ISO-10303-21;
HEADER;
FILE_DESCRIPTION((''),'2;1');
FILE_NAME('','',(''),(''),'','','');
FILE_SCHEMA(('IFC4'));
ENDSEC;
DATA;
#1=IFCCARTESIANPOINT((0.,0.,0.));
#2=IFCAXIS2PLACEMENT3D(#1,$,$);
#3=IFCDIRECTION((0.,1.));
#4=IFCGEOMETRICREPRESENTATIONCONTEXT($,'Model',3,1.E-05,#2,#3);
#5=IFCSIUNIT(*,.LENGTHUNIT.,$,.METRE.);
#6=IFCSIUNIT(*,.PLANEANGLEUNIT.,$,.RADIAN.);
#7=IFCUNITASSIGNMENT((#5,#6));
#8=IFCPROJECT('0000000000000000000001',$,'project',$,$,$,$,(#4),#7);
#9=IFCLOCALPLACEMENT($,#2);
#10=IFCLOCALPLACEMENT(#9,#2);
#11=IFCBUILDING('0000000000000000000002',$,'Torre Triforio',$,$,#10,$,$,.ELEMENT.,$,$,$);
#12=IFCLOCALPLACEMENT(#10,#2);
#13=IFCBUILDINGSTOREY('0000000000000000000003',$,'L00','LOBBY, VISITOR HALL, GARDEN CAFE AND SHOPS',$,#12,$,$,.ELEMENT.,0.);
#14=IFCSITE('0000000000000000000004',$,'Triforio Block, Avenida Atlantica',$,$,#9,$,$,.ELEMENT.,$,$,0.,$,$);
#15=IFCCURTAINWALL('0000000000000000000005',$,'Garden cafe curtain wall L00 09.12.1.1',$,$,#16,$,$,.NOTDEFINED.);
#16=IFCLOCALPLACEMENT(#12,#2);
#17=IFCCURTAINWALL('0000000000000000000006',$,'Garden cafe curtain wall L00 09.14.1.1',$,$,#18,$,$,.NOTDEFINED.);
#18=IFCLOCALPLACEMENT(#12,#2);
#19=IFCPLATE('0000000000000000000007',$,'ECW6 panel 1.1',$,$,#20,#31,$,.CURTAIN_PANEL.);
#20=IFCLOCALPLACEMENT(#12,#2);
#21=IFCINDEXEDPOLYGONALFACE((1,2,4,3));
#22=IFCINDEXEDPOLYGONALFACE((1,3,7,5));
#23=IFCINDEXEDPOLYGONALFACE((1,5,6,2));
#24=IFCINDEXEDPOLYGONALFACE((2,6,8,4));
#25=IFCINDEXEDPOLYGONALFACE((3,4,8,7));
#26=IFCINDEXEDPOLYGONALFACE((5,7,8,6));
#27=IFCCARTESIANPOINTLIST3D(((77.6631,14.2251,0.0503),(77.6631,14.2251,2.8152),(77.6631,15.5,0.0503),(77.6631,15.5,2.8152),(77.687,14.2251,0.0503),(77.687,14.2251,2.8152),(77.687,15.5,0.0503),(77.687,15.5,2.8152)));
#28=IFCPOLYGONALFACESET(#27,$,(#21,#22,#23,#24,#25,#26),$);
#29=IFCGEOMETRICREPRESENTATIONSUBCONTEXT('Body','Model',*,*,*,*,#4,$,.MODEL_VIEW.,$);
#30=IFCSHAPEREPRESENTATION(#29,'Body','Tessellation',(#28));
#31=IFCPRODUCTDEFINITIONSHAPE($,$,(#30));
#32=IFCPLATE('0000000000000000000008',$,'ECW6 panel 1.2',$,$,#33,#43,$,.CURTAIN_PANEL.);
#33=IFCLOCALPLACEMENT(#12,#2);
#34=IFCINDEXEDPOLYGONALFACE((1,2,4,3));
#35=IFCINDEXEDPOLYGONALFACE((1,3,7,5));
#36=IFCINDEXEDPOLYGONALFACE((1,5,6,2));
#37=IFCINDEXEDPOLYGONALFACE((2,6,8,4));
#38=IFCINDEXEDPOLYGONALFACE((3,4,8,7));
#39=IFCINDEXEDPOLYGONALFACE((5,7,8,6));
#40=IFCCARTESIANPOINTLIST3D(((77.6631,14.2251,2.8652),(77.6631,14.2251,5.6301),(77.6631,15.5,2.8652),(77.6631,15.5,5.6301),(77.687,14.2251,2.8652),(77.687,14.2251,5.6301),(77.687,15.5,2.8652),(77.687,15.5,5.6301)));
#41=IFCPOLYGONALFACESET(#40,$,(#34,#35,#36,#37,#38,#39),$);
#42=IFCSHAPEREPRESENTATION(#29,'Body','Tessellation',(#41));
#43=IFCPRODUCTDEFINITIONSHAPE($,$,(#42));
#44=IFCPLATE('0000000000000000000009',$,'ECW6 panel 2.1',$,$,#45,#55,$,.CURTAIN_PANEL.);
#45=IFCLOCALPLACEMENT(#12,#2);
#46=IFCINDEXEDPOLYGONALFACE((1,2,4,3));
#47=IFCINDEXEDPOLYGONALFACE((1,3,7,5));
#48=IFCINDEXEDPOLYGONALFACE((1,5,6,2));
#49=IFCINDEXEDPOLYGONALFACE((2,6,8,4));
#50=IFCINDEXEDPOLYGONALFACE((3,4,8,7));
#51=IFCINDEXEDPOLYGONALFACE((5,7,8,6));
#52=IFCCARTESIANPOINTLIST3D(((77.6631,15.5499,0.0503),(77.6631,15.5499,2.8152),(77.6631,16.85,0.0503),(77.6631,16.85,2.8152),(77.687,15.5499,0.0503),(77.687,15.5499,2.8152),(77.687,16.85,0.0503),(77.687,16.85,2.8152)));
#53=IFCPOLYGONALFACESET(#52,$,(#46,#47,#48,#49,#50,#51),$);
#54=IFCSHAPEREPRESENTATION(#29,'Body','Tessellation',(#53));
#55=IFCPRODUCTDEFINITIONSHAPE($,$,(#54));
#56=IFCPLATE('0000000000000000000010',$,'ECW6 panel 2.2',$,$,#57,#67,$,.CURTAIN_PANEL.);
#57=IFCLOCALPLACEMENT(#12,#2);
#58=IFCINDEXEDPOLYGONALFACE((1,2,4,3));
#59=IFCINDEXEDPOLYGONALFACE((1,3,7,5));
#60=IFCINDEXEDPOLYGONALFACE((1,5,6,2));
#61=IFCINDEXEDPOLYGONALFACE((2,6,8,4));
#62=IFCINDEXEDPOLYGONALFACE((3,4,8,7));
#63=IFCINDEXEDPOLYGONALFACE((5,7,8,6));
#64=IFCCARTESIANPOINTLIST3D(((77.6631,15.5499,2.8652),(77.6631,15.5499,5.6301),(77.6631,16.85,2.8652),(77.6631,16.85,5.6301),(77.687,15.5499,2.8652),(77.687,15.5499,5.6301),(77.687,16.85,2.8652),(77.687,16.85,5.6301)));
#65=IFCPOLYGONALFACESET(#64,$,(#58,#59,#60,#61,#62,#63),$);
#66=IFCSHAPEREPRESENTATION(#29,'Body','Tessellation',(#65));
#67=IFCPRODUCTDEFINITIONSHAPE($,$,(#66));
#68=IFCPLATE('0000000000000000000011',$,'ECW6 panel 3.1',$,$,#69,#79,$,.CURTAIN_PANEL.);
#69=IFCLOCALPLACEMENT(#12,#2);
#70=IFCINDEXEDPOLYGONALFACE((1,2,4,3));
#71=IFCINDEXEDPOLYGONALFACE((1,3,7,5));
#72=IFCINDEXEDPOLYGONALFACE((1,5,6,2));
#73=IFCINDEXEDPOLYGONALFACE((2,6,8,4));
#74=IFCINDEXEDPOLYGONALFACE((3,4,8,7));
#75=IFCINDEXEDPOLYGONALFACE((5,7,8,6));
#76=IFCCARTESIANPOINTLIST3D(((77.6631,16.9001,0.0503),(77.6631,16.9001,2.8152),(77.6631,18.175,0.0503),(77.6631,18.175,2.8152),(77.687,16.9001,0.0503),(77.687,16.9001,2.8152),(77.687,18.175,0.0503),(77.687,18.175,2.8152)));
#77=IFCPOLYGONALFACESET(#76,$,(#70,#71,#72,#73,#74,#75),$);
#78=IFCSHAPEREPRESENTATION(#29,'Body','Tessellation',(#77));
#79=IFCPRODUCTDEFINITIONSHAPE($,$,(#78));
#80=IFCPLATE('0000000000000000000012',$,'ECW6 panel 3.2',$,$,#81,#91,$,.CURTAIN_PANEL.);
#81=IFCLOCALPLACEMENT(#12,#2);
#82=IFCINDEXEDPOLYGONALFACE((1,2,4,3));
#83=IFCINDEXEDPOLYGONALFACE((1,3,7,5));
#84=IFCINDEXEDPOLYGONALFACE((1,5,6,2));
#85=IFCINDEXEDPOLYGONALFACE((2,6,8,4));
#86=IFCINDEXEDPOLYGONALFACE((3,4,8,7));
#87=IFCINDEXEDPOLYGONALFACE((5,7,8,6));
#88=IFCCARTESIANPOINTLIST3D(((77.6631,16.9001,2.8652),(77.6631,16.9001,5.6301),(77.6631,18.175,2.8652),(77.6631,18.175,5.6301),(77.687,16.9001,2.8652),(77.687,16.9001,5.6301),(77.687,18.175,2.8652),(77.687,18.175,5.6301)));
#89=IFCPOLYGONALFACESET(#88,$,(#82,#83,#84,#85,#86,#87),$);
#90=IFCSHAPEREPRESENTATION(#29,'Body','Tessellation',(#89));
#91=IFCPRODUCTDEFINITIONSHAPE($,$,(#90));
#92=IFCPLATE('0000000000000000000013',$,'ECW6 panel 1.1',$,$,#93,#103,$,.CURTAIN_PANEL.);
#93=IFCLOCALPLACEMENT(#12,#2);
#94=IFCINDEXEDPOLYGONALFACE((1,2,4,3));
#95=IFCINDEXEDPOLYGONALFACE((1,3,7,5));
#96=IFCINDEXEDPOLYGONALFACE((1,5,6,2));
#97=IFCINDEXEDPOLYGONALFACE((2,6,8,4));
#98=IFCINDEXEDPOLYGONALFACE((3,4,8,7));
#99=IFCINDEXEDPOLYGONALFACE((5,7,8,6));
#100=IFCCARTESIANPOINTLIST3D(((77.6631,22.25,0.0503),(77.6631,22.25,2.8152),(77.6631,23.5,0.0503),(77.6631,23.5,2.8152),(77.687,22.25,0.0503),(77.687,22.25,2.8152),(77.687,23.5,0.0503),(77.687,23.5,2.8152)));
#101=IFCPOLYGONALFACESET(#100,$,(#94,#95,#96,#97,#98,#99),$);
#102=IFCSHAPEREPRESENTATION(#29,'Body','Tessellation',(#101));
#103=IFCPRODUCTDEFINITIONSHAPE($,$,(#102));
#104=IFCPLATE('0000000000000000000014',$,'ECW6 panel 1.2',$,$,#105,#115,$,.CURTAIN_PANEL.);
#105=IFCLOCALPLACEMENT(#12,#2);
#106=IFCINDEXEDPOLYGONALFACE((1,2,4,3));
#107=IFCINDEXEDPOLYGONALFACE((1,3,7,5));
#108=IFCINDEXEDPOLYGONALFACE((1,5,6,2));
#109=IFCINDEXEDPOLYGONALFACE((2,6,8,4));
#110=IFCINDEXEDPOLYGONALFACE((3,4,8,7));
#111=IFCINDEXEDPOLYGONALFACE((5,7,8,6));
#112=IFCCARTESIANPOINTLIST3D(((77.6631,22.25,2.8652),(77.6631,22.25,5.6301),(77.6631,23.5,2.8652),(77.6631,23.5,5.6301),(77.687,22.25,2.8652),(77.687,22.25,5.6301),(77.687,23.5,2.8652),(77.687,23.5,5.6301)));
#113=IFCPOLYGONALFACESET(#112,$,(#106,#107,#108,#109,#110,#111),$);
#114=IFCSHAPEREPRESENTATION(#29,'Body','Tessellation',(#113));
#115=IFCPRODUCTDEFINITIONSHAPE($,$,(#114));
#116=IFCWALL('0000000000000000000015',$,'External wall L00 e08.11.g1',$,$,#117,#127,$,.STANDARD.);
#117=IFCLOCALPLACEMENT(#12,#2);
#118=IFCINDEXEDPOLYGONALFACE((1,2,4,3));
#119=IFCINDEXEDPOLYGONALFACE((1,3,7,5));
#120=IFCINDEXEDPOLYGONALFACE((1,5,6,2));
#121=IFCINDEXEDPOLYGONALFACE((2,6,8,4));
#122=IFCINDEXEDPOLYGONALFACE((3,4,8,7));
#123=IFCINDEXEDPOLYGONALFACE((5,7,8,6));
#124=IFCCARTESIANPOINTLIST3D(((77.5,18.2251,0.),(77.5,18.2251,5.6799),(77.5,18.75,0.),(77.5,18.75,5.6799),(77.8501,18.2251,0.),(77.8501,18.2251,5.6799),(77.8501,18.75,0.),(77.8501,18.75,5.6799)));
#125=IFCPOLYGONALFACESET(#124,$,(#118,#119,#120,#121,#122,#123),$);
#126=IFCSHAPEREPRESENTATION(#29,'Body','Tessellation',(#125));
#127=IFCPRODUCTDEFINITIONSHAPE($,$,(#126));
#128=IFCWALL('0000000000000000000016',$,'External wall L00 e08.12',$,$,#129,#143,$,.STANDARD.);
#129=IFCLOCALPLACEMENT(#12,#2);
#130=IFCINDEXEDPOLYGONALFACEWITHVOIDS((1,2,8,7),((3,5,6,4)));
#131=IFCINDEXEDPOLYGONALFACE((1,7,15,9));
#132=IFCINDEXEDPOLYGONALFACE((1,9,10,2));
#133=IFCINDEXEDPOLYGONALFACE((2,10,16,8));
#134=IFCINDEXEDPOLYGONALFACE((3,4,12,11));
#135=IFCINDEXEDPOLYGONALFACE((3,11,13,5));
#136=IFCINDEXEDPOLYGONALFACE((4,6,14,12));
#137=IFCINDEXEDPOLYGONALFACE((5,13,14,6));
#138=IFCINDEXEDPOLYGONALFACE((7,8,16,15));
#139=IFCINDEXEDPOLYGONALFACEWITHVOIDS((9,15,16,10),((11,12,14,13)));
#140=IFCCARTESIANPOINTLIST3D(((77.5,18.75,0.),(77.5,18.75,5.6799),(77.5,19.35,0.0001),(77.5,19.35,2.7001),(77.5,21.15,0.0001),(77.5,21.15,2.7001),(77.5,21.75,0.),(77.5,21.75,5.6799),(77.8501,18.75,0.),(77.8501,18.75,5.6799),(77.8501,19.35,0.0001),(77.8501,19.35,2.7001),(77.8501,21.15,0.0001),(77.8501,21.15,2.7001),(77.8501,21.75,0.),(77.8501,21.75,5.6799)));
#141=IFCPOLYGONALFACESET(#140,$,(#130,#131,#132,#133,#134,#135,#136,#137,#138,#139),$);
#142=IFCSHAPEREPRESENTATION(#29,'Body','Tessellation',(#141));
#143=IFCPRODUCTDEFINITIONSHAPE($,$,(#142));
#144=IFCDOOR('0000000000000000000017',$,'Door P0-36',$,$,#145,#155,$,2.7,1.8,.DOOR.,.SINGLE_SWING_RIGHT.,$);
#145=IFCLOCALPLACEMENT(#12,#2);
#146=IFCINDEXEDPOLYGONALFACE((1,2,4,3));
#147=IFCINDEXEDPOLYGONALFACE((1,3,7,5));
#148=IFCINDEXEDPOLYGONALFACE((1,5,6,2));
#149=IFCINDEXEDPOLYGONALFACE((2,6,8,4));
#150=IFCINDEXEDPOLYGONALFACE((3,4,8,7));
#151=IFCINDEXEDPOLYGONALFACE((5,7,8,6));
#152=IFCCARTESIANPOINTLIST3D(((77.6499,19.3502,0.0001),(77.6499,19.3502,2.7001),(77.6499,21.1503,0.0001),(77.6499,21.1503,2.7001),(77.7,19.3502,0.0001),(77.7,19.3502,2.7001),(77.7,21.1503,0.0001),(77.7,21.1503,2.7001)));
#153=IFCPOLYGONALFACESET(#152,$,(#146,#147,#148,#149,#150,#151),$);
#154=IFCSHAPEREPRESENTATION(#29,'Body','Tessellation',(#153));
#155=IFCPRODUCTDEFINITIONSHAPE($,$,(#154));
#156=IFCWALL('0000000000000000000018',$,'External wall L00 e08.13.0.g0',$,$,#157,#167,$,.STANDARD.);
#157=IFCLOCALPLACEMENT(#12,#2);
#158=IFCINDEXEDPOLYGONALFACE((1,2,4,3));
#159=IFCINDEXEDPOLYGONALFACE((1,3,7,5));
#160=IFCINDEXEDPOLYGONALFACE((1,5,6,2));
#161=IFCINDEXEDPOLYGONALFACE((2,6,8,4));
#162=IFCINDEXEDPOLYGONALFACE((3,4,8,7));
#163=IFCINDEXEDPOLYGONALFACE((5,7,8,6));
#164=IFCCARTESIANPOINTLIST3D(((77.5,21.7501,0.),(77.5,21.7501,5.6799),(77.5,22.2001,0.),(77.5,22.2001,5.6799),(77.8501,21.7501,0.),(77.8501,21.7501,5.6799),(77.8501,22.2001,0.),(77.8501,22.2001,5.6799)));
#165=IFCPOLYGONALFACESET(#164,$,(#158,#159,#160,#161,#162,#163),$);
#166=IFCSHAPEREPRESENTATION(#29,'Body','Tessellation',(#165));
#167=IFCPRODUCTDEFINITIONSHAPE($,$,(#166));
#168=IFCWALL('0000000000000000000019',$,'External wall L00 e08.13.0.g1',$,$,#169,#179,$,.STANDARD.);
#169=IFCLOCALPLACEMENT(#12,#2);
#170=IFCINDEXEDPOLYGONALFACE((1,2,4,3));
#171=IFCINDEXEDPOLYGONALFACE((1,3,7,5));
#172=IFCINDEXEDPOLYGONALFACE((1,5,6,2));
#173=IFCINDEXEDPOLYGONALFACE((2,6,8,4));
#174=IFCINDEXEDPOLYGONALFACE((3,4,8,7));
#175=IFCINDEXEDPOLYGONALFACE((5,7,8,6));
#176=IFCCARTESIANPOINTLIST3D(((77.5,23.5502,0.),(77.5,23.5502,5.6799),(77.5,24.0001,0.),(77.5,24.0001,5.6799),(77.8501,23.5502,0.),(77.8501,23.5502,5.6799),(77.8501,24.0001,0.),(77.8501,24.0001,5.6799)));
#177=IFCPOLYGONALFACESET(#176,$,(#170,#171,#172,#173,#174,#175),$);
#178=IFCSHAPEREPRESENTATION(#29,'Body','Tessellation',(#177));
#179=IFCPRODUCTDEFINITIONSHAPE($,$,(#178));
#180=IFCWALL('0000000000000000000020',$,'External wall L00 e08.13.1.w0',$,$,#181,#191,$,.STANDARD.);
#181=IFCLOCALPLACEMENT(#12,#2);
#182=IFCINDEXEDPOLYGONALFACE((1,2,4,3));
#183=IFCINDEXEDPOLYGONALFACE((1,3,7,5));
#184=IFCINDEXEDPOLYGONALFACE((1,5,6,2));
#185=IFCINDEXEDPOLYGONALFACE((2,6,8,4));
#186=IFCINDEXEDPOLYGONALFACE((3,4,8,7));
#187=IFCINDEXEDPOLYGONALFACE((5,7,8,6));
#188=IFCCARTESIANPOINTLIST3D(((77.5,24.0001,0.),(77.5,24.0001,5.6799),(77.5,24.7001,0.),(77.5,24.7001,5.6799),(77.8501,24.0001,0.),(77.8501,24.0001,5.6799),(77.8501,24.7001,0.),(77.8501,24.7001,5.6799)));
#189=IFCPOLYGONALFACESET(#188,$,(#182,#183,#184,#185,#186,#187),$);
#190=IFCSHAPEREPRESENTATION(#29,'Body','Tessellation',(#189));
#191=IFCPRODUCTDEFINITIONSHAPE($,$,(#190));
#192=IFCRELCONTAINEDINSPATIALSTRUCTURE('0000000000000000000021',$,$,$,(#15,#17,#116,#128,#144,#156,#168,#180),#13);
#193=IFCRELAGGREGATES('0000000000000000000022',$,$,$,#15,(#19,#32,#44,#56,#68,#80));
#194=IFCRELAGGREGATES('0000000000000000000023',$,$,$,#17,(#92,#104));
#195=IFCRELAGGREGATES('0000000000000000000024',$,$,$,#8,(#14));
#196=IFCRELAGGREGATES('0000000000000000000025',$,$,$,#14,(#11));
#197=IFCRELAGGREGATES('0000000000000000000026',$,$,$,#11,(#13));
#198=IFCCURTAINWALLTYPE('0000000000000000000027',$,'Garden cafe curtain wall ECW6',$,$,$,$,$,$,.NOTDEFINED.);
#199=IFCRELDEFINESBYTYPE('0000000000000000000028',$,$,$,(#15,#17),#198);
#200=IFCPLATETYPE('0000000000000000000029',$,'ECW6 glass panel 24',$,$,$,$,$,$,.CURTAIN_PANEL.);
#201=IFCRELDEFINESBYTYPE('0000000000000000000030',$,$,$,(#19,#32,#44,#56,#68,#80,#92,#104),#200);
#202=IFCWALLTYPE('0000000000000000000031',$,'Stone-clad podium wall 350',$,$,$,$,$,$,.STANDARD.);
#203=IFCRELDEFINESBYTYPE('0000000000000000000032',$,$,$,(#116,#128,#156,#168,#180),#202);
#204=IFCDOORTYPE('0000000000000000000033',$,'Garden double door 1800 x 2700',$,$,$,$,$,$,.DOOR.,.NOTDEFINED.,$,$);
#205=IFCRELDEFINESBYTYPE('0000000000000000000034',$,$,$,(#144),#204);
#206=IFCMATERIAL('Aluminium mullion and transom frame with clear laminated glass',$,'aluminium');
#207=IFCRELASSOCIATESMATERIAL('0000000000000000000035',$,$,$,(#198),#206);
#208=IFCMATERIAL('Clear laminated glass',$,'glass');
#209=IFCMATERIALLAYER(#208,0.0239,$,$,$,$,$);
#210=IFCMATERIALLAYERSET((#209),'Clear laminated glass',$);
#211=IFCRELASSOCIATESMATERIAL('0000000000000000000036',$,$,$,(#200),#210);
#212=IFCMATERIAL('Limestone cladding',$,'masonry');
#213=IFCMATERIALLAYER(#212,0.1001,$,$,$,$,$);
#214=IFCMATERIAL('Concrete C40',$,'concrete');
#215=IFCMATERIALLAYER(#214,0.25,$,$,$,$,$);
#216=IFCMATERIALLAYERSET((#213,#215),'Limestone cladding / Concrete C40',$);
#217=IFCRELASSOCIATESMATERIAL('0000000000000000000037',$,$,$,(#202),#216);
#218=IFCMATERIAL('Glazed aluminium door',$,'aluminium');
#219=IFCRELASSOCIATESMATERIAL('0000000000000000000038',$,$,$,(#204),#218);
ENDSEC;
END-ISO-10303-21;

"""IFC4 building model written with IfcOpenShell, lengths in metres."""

from ifc_helpers import new_model, si_unit, direction, frame, frame_2d, origin, origin_2d, place, context, subcontext, project, spatial, rectangle, extrude, material, layer, layer_set, type_object, element, fill, aggregate, save


model = new_model("IFC4")

# Units and contexts
model_context = context("Model", 3, precision=1e-05, world=origin(), true_north=direction((0.0, 1.0)))
body_context = subcontext(model_context, "Body", "Model", "MODEL_VIEW")
ifc_project = project(units=[si_unit("LENGTHUNIT", "METRE"), si_unit("PLANEANGLEUNIT", "RADIAN")], contexts=[model_context])

# Site, building, storey
site_placement = place(None, origin())
site = spatial("IfcSite", under=ifc_project, at=site_placement, Name="Triforio Block, Avenida Atlantica", CompositionType="ELEMENT", RefElevation=0.0)
building_placement = place(site_placement, origin())
building = spatial("IfcBuilding", under=site, at=building_placement, Name="Torre Triforio", CompositionType="ELEMENT")
storey_placement = place(building_placement, origin())
storey = spatial("IfcBuildingStorey", under=building, at=storey_placement, Name="L00", Description="LOBBY, VISITOR HALL, GARDEN CAFE AND SHOPS", CompositionType="ELEMENT", Elevation=0.0)

# Curtain walls
ifc_material_1 = material(Name="Aluminium mullion and transom frame with clear laminated glass", Category="aluminium")
curtain_wall_type = type_object("IfcCurtainWallType", Name="Garden cafe curtain wall ECW6", PredefinedType="NOTDEFINED", material=ifc_material_1)
curtain_wall_1_placement = place(storey_placement, origin())
curtain_wall_1 = element("IfcCurtainWall", 1, at=curtain_wall_1_placement, inside=storey, type_object=curtain_wall_type, Name="Garden cafe curtain wall L00 09.12.1.1", PredefinedType="NOTDEFINED")
curtain_wall_2_placement = place(storey_placement, origin())
curtain_wall_2 = element("IfcCurtainWall", 2, at=curtain_wall_2_placement, inside=storey, type_object=curtain_wall_type, Name="Garden cafe curtain wall L00 09.14.1.1", PredefinedType="NOTDEFINED")

# Plates
ifc_material_2 = material(Name="Clear laminated glass", Category="glass")
ifc_layer_1 = layer(ifc_material_2, 0.0239)
ifc_layer_set_1 = layer_set([ifc_layer_1], Name="Clear laminated glass")
plate_type = type_object("IfcPlateType", Name="ECW6 glass panel 24", PredefinedType="CURTAIN_PANEL", material=ifc_layer_set_1)
plate_1_placement = place(storey_placement, frame((77.675, 14.8625, 0.0503), z_axis=(0.0, 0.0, 1.0), x_axis=(0.0, 1.0, 0.0)))
plate_1 = element("IfcPlate", 3, at=plate_1_placement, type_object=plate_type, Name="ECW6 panel 1.1", PredefinedType="CURTAIN_PANEL", context=body_context, shape_type="SweptSolid", body=[
    extrude(rectangle(XDim=1.2749, YDim=0.0239, at=origin_2d()), origin(), (0.0, 0.0, 1.0), 2.7649),
])
plate_2_placement = place(storey_placement, frame((77.675, 14.8625, 2.8652), z_axis=(0.0, 0.0, 1.0), x_axis=(0.0, 1.0, 0.0)))
plate_2 = element("IfcPlate", 4, at=plate_2_placement, type_object=plate_type, Name="ECW6 panel 1.2", PredefinedType="CURTAIN_PANEL", context=body_context, shape_type="SweptSolid", body=[
    extrude(rectangle(XDim=1.2749, YDim=0.0239, at=origin_2d()), origin(), (0.0, 0.0, 1.0), 2.7649),
])
plate_3_placement = place(storey_placement, frame((77.675, 16.2, 0.0503), z_axis=(0.0, 0.0, 1.0), x_axis=(0.0, 1.0, 0.0)))
plate_3 = element("IfcPlate", 5, at=plate_3_placement, type_object=plate_type, Name="ECW6 panel 2.1", PredefinedType="CURTAIN_PANEL", context=body_context, shape_type="SweptSolid", body=[
    extrude(rectangle(XDim=1.3, YDim=0.0239, at=origin_2d()), origin(), (0.0, 0.0, 1.0), 2.7649),
])
plate_4_placement = place(storey_placement, frame((77.675, 16.2, 2.8652), z_axis=(0.0, 0.0, 1.0), x_axis=(0.0, 1.0, 0.0)))
plate_4 = element("IfcPlate", 6, at=plate_4_placement, type_object=plate_type, Name="ECW6 panel 2.2", PredefinedType="CURTAIN_PANEL", context=body_context, shape_type="SweptSolid", body=[
    extrude(rectangle(XDim=1.3, YDim=0.0239, at=origin_2d()), origin(), (0.0, 0.0, 1.0), 2.7649),
])
plate_5_placement = place(storey_placement, frame((77.675, 17.5376, 0.0503), z_axis=(0.0, 0.0, 1.0), x_axis=(0.0, 1.0, 0.0)))
plate_5 = element("IfcPlate", 7, at=plate_5_placement, type_object=plate_type, Name="ECW6 panel 3.1", PredefinedType="CURTAIN_PANEL", context=body_context, shape_type="SweptSolid", body=[
    extrude(rectangle(XDim=1.2749, YDim=0.0239, at=origin_2d()), origin(), (0.0, 0.0, 1.0), 2.7649),
])
plate_6_placement = place(storey_placement, frame((77.675, 17.5376, 2.8652), z_axis=(0.0, 0.0, 1.0), x_axis=(0.0, 1.0, 0.0)))
plate_6 = element("IfcPlate", 8, at=plate_6_placement, type_object=plate_type, Name="ECW6 panel 3.2", PredefinedType="CURTAIN_PANEL", context=body_context, shape_type="SweptSolid", body=[
    extrude(rectangle(XDim=1.2749, YDim=0.0239, at=origin_2d()), origin(), (0.0, 0.0, 1.0), 2.7649),
])
aggregate(curtain_wall_1, [plate_1, plate_2, plate_3, plate_4, plate_5, plate_6])
plate_7_placement = place(storey_placement, frame((77.675, 22.875, 0.0503), z_axis=(0.0, 0.0, 1.0), x_axis=(0.0, 1.0, 0.0)))
plate_7 = element("IfcPlate", 9, at=plate_7_placement, type_object=plate_type, Name="ECW6 panel 1.1", PredefinedType="CURTAIN_PANEL", context=body_context, shape_type="SweptSolid", body=[
    extrude(rectangle(XDim=1.25, YDim=0.0239, at=origin_2d()), origin(), (0.0, 0.0, 1.0), 2.7649),
])
plate_8_placement = place(storey_placement, frame((77.675, 22.875, 2.8652), z_axis=(0.0, 0.0, 1.0), x_axis=(0.0, 1.0, 0.0)))
plate_8 = element("IfcPlate", 10, at=plate_8_placement, type_object=plate_type, Name="ECW6 panel 1.2", PredefinedType="CURTAIN_PANEL", context=body_context, shape_type="SweptSolid", body=[
    extrude(rectangle(XDim=1.25, YDim=0.0239, at=origin_2d()), origin(), (0.0, 0.0, 1.0), 2.7649),
])
aggregate(curtain_wall_2, [plate_7, plate_8])

# Wall
ifc_material_3 = material(Name="Limestone cladding", Category="masonry")
ifc_layer_2 = layer(ifc_material_3, 0.1001)
ifc_material_4 = material(Name="Concrete C40", Category="concrete")
ifc_layer_3 = layer(ifc_material_4, 0.25)
ifc_layer_set_2 = layer_set([ifc_layer_2, ifc_layer_3], Name="Limestone cladding / Concrete C40")
wall_type = type_object("IfcWallType", Name="Stone-clad podium wall 350", PredefinedType="STANDARD", material=ifc_layer_set_2)
wall_1_placement = place(storey_placement, frame((77.675, 18.2251, 0.0), z_axis=(0.0, 0.0, 1.0), x_axis=(0.0, 1.0, 0.0)))
element("IfcWall", 11, at=wall_1_placement, inside=storey, type_object=wall_type, Name="External wall L00 e08.11.g1", PredefinedType="STANDARD", context=body_context, shape_type="SweptSolid", body=[
    extrude(rectangle(XDim=0.5249, YDim=0.3501, at=frame_2d((0.2625, 0.0))), origin(), (0.0, 0.0, 1.0), 5.6799),
])

# Wall, opening, door
wall_2_placement = place(storey_placement, frame((77.675, 18.75, 0.0), z_axis=(0.0, 0.0, 1.0), x_axis=(0.0, 1.0, 0.0)))
wall_2 = element("IfcWall", 12, at=wall_2_placement, inside=storey, type_object=wall_type, Name="External wall L00 e08.12", PredefinedType="STANDARD", context=body_context, shape_type="SweptSolid", body=[
    extrude(rectangle(XDim=3.0, YDim=0.3501, at=frame_2d((1.5, 0.0))), origin(), (0.0, 0.0, 1.0), 5.6799),
])
opening_1_placement = place(wall_2_placement, frame((0.6001, 0.0, 0.0)))
opening_1 = element("IfcOpeningElement", 13, at=opening_1_placement, cuts=wall_2, PredefinedType="OPENING", context=body_context, shape_type="SweptSolid", body=[
    extrude(rectangle(XDim=1.8, YDim=2.7, at=frame_2d((0.8999, 1.3501))), frame((0.0, 0.1851, 0.0), z_axis=(0.0, -1.0, 0.0), x_axis=(1.0, 0.0, 0.0)), (0.0, 0.0, 1.0), 0.3701),
])
ifc_material_5 = material(Name="Glazed aluminium door", Category="aluminium")
door_type_1 = type_object("IfcDoorType", Name="Garden double door 1800 x 2700", OperationType="NOTDEFINED", PredefinedType="DOOR", material=ifc_material_5)
door_1_placement = place(opening_1_placement, frame((1.8, 0.0, 0.0), z_axis=(0.0, 0.0, 1.0), x_axis=(-1.0, 0.0, 0.0)))
door_1 = element("IfcDoor", 14, at=door_1_placement, inside=storey, type_object=door_type_1, Name="Door P0-36", OperationType="SINGLE_SWING_RIGHT", OverallHeight=2.7, OverallWidth=1.8, PredefinedType="DOOR", context=body_context, shape_type="SweptSolid", body=[
    extrude(rectangle(XDim=1.8, YDim=2.7, at=frame_2d((0.8999, 1.3501))), frame((0.0, 0.0249, 0.0), z_axis=(0.0, -1.0, 0.0), x_axis=(1.0, 0.0, 0.0)), (0.0, 0.0, 1.0), 0.05),
])
fill(opening_1, door_1)

# Walls
for number, where, z_axis, x_axis, name in (
    (15, (77.675, 21.75, 0.0), (0.0, 0.0, 1.0), (0.0, 1.0, 0.0), "External wall L00 e08.13.0.g0"),
    (16, (77.675, 23.55, 0.0), (0.0, 0.0, 1.0), (0.0, 1.0, 0.0), "External wall L00 e08.13.0.g1"),
):
    element("IfcWall", number, at=place(storey_placement, frame(where, z_axis=z_axis, x_axis=x_axis)), inside=storey, type_object=wall_type, Name=name, PredefinedType="STANDARD", context=body_context, shape_type="SweptSolid", body=[
        extrude(rectangle(XDim=0.45, YDim=0.3501, at=frame_2d((0.2251, 0.0))), origin(), (0.0, 0.0, 1.0), 5.6799),
    ])
wall_3_placement = place(storey_placement, frame((77.675, 24.0, 0.0), z_axis=(0.0, 0.0, 1.0), x_axis=(0.0, 1.0, 0.0)))
element("IfcWall", 17, at=wall_3_placement, inside=storey, type_object=wall_type, Name="External wall L00 e08.13.1.w0", PredefinedType="STANDARD", context=body_context, shape_type="SweptSolid", body=[
    extrude(rectangle(XDim=0.7, YDim=0.3501, at=frame_2d((0.3501, 0.0))), origin(), (0.0, 0.0, 1.0), 5.6799),
])

save(model, "model.ifc")
